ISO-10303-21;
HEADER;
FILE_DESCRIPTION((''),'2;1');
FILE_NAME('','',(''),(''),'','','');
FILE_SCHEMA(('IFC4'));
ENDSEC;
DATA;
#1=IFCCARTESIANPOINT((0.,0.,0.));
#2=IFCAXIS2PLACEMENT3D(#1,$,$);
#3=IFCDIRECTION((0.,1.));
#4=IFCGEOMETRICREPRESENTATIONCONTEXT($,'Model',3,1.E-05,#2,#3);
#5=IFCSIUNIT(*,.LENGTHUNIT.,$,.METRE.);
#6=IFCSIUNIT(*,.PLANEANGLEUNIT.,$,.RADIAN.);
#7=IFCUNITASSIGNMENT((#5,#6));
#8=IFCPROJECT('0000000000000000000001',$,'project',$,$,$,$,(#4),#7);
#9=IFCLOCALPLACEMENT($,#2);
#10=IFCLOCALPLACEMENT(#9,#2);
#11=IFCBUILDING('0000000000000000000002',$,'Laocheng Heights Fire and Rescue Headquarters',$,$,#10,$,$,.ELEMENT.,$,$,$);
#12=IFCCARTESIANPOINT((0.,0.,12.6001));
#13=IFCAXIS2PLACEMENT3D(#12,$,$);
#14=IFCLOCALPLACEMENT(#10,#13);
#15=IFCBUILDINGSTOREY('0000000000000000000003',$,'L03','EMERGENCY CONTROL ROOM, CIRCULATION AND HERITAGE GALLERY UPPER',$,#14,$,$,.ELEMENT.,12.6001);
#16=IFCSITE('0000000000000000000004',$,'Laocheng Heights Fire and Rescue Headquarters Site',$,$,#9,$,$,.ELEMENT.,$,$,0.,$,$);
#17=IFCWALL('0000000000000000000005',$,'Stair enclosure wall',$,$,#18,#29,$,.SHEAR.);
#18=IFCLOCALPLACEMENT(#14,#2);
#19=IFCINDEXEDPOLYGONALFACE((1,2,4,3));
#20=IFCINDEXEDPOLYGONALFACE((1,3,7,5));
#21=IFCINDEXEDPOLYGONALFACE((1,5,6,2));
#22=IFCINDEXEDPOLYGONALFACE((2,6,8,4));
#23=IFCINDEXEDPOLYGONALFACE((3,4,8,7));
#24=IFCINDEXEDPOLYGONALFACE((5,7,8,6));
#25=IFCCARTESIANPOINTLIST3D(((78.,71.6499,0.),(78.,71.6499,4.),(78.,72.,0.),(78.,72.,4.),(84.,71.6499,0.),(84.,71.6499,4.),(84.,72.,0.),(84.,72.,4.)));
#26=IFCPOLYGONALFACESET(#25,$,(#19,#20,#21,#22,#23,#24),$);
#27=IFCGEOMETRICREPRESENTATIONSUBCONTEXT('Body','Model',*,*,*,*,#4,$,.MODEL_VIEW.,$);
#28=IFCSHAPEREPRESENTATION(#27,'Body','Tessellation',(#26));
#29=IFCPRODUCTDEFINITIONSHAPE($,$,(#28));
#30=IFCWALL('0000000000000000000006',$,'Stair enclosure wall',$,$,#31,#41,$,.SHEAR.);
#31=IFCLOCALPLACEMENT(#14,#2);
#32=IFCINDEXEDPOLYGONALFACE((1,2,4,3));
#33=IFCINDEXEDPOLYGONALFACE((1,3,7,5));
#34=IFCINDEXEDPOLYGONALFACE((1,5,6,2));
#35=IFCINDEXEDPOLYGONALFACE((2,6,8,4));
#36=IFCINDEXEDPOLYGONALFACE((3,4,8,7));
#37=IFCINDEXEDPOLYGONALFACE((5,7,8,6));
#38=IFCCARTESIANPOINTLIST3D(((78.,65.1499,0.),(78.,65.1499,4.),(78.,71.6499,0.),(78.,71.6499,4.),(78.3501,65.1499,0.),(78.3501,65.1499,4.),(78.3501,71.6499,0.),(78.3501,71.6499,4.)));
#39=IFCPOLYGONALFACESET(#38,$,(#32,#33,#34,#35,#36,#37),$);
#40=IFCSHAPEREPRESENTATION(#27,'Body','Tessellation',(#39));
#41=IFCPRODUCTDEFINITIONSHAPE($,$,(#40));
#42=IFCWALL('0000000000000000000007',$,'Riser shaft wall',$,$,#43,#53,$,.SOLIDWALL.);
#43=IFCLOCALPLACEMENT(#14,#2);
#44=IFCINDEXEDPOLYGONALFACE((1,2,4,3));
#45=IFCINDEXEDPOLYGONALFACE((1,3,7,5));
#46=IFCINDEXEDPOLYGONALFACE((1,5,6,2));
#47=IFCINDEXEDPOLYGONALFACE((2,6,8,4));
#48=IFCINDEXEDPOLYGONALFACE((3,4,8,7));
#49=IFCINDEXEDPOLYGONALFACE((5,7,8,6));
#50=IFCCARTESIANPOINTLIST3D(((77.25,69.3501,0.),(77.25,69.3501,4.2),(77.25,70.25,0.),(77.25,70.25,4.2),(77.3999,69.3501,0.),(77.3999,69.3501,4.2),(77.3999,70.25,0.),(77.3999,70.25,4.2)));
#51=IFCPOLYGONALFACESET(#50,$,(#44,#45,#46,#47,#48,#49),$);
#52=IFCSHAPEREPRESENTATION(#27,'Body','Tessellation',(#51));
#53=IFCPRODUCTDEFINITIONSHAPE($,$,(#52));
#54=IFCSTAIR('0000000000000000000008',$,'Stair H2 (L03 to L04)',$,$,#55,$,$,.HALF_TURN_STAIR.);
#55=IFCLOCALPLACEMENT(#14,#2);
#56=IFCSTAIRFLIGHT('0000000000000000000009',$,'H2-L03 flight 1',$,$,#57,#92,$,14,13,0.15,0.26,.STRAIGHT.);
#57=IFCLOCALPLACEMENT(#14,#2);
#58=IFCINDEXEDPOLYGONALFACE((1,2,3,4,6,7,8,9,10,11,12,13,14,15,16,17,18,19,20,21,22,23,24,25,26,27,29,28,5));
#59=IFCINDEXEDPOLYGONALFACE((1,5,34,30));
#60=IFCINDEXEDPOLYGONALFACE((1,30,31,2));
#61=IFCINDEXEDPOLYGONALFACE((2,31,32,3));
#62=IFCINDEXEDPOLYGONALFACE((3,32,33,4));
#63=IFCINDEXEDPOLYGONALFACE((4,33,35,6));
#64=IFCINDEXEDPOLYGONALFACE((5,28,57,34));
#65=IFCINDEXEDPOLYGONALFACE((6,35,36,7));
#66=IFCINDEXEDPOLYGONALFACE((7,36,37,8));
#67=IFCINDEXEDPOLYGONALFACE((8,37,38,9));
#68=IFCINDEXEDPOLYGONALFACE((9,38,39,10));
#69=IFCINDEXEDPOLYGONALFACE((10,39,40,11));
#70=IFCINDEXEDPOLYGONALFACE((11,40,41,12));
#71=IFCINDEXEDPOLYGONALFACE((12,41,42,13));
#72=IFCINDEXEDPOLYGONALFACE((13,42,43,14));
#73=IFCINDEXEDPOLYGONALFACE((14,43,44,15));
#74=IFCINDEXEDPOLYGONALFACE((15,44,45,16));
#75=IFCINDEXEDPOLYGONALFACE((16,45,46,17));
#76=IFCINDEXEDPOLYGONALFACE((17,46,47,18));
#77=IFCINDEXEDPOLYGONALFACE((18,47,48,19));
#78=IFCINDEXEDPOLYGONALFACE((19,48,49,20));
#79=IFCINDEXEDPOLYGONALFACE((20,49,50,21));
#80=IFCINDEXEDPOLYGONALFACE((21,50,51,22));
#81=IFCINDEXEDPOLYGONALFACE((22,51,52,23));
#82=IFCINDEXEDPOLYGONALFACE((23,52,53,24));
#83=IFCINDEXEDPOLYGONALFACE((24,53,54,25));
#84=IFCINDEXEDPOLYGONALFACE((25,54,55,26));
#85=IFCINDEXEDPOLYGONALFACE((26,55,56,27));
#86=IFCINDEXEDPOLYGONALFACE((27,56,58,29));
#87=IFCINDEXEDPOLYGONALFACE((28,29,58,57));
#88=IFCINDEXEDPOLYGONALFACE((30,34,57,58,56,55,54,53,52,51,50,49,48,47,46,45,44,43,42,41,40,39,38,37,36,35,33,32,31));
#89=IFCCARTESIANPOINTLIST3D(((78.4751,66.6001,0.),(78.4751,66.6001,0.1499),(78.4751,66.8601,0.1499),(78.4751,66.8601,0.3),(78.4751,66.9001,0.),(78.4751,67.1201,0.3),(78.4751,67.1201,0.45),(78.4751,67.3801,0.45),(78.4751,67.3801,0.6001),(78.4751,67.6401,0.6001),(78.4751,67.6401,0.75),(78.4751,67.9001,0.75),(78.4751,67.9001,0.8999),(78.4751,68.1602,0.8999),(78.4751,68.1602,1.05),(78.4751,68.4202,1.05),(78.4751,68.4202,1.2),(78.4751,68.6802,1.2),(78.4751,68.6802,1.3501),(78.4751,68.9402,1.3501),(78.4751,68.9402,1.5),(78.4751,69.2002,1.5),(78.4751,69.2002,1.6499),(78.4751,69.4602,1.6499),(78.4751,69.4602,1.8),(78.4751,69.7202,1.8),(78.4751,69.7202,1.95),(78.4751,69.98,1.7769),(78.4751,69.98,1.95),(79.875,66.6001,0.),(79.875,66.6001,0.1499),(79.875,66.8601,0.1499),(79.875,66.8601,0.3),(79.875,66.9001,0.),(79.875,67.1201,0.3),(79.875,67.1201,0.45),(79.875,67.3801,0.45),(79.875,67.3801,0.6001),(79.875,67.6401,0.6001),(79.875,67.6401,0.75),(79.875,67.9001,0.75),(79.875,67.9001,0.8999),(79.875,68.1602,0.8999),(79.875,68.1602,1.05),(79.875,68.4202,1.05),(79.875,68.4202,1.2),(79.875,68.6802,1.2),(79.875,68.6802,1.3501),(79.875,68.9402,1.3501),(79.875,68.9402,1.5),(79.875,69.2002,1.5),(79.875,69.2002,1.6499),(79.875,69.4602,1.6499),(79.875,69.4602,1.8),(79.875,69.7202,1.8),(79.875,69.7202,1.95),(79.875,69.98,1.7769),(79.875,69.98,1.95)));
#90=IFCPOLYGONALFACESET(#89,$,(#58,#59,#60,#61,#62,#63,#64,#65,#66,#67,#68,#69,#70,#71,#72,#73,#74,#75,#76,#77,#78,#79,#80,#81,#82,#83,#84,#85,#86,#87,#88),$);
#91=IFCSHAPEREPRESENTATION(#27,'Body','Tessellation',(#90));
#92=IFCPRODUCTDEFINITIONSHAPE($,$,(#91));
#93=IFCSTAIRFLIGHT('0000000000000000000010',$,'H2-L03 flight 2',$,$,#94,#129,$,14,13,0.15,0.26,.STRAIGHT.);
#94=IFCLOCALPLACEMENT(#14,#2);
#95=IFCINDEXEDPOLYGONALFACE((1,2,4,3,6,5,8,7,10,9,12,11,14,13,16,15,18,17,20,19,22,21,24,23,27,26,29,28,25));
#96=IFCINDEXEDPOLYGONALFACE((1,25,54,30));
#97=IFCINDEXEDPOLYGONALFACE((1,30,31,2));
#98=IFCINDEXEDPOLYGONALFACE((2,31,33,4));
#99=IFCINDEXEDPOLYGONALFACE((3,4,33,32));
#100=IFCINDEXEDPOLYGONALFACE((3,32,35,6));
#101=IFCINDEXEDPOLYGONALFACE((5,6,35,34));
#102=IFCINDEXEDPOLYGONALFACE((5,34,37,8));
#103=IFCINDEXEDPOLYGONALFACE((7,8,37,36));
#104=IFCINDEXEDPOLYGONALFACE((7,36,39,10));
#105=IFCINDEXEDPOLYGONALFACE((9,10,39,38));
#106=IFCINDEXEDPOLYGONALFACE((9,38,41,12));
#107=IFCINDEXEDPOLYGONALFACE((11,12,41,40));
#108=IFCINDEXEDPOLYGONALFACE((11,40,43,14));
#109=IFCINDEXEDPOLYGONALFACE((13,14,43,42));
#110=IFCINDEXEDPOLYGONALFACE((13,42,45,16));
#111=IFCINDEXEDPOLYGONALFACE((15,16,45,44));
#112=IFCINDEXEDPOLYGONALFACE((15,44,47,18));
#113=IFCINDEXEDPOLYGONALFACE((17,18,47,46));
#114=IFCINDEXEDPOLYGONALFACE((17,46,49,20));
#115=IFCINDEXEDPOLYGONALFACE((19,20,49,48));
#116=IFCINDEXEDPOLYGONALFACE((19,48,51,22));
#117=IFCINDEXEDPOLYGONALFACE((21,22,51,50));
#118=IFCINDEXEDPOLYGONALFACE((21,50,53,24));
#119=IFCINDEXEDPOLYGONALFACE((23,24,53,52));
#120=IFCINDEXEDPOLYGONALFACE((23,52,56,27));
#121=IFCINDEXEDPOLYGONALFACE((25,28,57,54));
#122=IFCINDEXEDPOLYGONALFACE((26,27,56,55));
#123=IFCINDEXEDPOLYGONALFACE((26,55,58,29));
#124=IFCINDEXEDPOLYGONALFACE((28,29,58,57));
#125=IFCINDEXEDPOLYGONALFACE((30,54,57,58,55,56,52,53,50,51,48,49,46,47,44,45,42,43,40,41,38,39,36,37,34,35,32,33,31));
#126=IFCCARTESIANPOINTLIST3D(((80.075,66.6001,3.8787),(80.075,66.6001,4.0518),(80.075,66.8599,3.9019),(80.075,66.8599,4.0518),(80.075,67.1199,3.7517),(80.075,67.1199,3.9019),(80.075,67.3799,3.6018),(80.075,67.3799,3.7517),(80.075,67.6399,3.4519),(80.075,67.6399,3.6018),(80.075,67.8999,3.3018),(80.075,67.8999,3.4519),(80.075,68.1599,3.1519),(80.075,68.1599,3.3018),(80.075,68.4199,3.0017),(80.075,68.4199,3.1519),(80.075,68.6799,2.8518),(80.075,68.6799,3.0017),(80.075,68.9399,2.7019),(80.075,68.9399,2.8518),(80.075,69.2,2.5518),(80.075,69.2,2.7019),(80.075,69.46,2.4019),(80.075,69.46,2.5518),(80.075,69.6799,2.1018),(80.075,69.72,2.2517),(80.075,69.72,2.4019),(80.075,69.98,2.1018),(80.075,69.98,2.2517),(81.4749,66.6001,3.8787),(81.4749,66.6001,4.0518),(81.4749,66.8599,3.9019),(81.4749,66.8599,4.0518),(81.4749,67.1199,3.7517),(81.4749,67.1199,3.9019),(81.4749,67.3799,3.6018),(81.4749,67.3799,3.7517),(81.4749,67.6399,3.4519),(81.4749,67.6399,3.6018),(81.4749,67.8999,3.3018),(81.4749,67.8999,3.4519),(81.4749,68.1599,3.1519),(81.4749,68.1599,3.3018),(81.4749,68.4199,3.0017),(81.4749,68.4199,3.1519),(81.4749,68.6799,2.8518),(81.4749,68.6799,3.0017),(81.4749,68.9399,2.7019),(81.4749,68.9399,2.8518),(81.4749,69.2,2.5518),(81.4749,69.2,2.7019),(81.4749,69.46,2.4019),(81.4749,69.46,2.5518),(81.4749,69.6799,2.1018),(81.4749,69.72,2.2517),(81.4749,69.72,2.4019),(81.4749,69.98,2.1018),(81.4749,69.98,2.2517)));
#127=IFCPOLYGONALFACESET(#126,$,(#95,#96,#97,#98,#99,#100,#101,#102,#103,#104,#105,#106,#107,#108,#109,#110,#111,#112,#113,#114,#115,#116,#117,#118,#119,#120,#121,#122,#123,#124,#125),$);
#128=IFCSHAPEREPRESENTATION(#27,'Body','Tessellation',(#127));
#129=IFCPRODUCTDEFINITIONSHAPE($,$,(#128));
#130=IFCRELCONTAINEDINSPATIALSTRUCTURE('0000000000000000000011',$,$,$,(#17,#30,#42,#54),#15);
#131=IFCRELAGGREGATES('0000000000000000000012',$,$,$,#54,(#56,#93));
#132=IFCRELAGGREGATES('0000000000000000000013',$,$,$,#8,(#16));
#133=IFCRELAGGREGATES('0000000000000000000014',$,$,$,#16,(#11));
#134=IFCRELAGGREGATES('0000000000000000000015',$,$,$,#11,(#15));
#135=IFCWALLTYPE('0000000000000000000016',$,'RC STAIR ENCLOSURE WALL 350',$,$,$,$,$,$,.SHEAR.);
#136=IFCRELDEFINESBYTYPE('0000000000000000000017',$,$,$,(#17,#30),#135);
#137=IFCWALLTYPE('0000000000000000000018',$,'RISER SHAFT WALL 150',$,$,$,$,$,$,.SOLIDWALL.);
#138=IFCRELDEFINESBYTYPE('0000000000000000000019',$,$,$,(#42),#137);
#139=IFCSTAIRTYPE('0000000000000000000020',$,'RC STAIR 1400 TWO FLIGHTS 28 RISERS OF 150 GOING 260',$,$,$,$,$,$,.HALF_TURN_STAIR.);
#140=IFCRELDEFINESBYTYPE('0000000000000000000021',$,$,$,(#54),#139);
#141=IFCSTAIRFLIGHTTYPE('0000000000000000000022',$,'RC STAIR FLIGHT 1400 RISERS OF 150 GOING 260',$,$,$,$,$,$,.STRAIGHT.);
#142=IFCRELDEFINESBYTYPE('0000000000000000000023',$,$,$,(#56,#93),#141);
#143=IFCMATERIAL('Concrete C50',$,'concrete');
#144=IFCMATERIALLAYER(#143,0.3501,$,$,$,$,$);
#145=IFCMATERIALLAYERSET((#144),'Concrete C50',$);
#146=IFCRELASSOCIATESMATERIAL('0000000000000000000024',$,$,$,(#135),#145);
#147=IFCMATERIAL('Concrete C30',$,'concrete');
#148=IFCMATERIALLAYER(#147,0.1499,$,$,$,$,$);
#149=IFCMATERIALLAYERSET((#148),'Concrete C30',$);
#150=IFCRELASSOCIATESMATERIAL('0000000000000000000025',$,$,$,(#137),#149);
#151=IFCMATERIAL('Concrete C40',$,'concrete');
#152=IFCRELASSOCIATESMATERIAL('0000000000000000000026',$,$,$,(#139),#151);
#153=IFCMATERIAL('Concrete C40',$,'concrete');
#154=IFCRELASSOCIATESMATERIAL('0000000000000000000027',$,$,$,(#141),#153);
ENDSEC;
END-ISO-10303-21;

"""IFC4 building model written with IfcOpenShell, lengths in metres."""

from ifc_helpers import new_model, si_unit, direction, frame, frame_2d, origin, place, context, subcontext, project, spatial, polyline, rectangle, outline, extrude, material, layer, layer_set, type_object, element, aggregate, save


model = new_model("IFC4")

# Units and contexts
model_context = context("Model", 3, precision=1e-05, world=origin(), true_north=direction((0.0, 1.0)))
body_context = subcontext(model_context, "Body", "Model", "MODEL_VIEW")
ifc_project = project(units=[si_unit("LENGTHUNIT", "METRE"), si_unit("PLANEANGLEUNIT", "RADIAN")], contexts=[model_context])

# Site, building, storey
site_placement = place(None, origin())
site = spatial("IfcSite", under=ifc_project, at=site_placement, Name="Laocheng Heights Fire and Rescue Headquarters Site", CompositionType="ELEMENT", RefElevation=0.0)
building_placement = place(site_placement, origin())
building = spatial("IfcBuilding", under=site, at=building_placement, Name="Laocheng Heights Fire and Rescue Headquarters", CompositionType="ELEMENT")
storey_placement = place(building_placement, frame((0.0, 0.0, 12.6001)))
storey = spatial("IfcBuildingStorey", under=building, at=storey_placement, Name="L03", Description="EMERGENCY CONTROL ROOM, CIRCULATION AND HERITAGE GALLERY UPPER", CompositionType="ELEMENT", Elevation=12.6001)

# Shared definitions
ifc_material_1 = material(Name="Concrete C50", Category="concrete")
ifc_layer_1 = layer(ifc_material_1, 0.3501)
ifc_layer_set_1 = layer_set([ifc_layer_1], Name="Concrete C50")
wall_type_1 = type_object("IfcWallType", Name="RC STAIR ENCLOSURE WALL 350", PredefinedType="SHEAR", material=ifc_layer_set_1)

# Walls
wall_1_placement = place(storey_placement, frame((78.0, 71.825, 0.0), z_axis=(0.0, 0.0, 1.0), x_axis=(1.0, 0.0, 0.0)))
element("IfcWall", 1, at=wall_1_placement, inside=storey, type_object=wall_type_1, Name="Stair enclosure wall", PredefinedType="SHEAR", context=body_context, shape_type="SweptSolid", body=[
    extrude(rectangle(XDim=6.0, YDim=0.3501, at=frame_2d((3.0, 0.0))), origin(), (0.0, 0.0, 1.0), 4.0),
])
wall_2_placement = place(storey_placement, frame((78.175, 65.1499, 0.0), z_axis=(0.0, 0.0, 1.0), x_axis=(0.0, 1.0, 0.0)))
element("IfcWall", 2, at=wall_2_placement, inside=storey, type_object=wall_type_1, Name="Stair enclosure wall", PredefinedType="SHEAR", context=body_context, shape_type="SweptSolid", body=[
    extrude(rectangle(XDim=6.5, YDim=0.3501, at=frame_2d((3.25, 0.0))), origin(), (0.0, 0.0, 1.0), 4.0),
])
ifc_material_2 = material(Name="Concrete C30", Category="concrete")
ifc_layer_2 = layer(ifc_material_2, 0.1499)
ifc_layer_set_2 = layer_set([ifc_layer_2], Name="Concrete C30")
wall_type_2 = type_object("IfcWallType", Name="RISER SHAFT WALL 150", PredefinedType="SOLIDWALL", material=ifc_layer_set_2)
wall_3_placement = place(storey_placement, frame((77.325, 69.3501, 0.0), z_axis=(0.0, 0.0, 1.0), x_axis=(0.0, 1.0, 0.0)))
element("IfcWall", 3, at=wall_3_placement, inside=storey, type_object=wall_type_2, Name="Riser shaft wall", PredefinedType="SOLIDWALL", context=body_context, shape_type="SweptSolid", body=[
    extrude(rectangle(XDim=0.8999, YDim=0.1499, at=frame_2d((0.45, 0.0))), origin(), (0.0, 0.0, 1.0), 4.2),
])

# Stair, stair flights
ifc_material_3 = material(Name="Concrete C40", Category="concrete")
stair_type = type_object("IfcStairType", Name="RC STAIR 1400 TWO FLIGHTS 28 RISERS OF 150 GOING 260", PredefinedType="HALF_TURN_STAIR", material=ifc_material_3)
stair_placement = place(storey_placement, origin())
stair = element("IfcStair", 4, at=stair_placement, inside=storey, type_object=stair_type, Name="Stair H2 (L03 to L04)", PredefinedType="HALF_TURN_STAIR")
ifc_material_4 = material(Name="Concrete C40", Category="concrete")
stair_flight_type = type_object("IfcStairFlightType", Name="RC STAIR FLIGHT 1400 RISERS OF 150 GOING 260", PredefinedType="STRAIGHT", material=ifc_material_4)
stair_flight_1_placement = place(storey_placement, frame((79.175, 66.6001, 0.0), z_axis=(0.0, 0.0, 1.0), x_axis=(0.0, 1.0, 0.0)))
stair_flight_1 = element("IfcStairFlight", 5, at=stair_flight_1_placement, type_object=stair_flight_type, Name="H2-L03 flight 1", NumberOfRisers=14, NumberOfTreads=13, PredefinedType="STRAIGHT", RiserHeight=0.15, TreadLength=0.26, context=body_context, shape_type="SweptSolid", body=[
    extrude(outline(polyline([(0.0, 0.0), (0.0, 0.1499), (0.26, 0.1499), (0.26, 0.3), (0.52, 0.3), (0.52, 0.45), (0.78, 0.45), (0.78, 0.6001), (1.04, 0.6001), (1.04, 0.75), (1.3, 0.75), (1.3, 0.8999), (1.5601, 0.8999), (1.5601, 1.05), (1.8201, 1.05), (1.8201, 1.2), (2.0801, 1.2), (2.0801, 1.3501), (2.3401, 1.3501), (2.3401, 1.5), (2.6001, 1.5), (2.6001, 1.6499), (2.8601, 1.6499), (2.8601, 1.8), (3.1201, 1.8), (3.1201, 1.95), (3.3799, 1.95), (3.3799, 2.1001), (3.3799, 1.7769), (0.3, 0.0), (0.0, 0.0)])), frame((0.0, 0.7, 0.0), z_axis=(0.0, -1.0, 0.0), x_axis=(1.0, 0.0, 0.0)), (0.0, 0.0, 1.0), 1.3999),
])
stair_flight_2_placement = place(storey_placement, frame((80.7749, 69.98, 2.1018), z_axis=(0.0, 0.0, 1.0), x_axis=(0.0, -1.0, 0.0)))
stair_flight_2 = element("IfcStairFlight", 6, at=stair_flight_2_placement, type_object=stair_flight_type, Name="H2-L03 flight 2", NumberOfRisers=14, NumberOfTreads=13, PredefinedType="STRAIGHT", RiserHeight=0.15, TreadLength=0.26, context=body_context, shape_type="SweptSolid", body=[
    extrude(outline(polyline([(0.0, 0.0), (0.0, 0.1499), (0.26, 0.1499), (0.26, 0.3), (0.52, 0.3), (0.52, 0.45), (0.78, 0.45), (0.78, 0.6001), (1.04, 0.6001), (1.04, 0.75), (1.3, 0.75), (1.3, 0.8999), (1.5601, 0.8999), (1.5601, 1.05), (1.8201, 1.05), (1.8201, 1.2), (2.0801, 1.2), (2.0801, 1.3501), (2.3401, 1.3501), (2.3401, 1.5), (2.6001, 1.5), (2.6001, 1.6499), (2.8601, 1.6499), (2.8601, 1.8), (3.1201, 1.8), (3.1201, 1.95), (3.3799, 1.95), (3.3799, 2.1001), (3.3799, 1.7769), (0.3, 0.0), (0.0, 0.0)])), frame((0.0, 0.7, 0.0), z_axis=(0.0, -1.0, 0.0), x_axis=(1.0, 0.0, 0.0)), (0.0, 0.0, 1.0), 1.3999),
])
aggregate(stair, [stair_flight_1, stair_flight_2])

save(model, "model.ifc")
